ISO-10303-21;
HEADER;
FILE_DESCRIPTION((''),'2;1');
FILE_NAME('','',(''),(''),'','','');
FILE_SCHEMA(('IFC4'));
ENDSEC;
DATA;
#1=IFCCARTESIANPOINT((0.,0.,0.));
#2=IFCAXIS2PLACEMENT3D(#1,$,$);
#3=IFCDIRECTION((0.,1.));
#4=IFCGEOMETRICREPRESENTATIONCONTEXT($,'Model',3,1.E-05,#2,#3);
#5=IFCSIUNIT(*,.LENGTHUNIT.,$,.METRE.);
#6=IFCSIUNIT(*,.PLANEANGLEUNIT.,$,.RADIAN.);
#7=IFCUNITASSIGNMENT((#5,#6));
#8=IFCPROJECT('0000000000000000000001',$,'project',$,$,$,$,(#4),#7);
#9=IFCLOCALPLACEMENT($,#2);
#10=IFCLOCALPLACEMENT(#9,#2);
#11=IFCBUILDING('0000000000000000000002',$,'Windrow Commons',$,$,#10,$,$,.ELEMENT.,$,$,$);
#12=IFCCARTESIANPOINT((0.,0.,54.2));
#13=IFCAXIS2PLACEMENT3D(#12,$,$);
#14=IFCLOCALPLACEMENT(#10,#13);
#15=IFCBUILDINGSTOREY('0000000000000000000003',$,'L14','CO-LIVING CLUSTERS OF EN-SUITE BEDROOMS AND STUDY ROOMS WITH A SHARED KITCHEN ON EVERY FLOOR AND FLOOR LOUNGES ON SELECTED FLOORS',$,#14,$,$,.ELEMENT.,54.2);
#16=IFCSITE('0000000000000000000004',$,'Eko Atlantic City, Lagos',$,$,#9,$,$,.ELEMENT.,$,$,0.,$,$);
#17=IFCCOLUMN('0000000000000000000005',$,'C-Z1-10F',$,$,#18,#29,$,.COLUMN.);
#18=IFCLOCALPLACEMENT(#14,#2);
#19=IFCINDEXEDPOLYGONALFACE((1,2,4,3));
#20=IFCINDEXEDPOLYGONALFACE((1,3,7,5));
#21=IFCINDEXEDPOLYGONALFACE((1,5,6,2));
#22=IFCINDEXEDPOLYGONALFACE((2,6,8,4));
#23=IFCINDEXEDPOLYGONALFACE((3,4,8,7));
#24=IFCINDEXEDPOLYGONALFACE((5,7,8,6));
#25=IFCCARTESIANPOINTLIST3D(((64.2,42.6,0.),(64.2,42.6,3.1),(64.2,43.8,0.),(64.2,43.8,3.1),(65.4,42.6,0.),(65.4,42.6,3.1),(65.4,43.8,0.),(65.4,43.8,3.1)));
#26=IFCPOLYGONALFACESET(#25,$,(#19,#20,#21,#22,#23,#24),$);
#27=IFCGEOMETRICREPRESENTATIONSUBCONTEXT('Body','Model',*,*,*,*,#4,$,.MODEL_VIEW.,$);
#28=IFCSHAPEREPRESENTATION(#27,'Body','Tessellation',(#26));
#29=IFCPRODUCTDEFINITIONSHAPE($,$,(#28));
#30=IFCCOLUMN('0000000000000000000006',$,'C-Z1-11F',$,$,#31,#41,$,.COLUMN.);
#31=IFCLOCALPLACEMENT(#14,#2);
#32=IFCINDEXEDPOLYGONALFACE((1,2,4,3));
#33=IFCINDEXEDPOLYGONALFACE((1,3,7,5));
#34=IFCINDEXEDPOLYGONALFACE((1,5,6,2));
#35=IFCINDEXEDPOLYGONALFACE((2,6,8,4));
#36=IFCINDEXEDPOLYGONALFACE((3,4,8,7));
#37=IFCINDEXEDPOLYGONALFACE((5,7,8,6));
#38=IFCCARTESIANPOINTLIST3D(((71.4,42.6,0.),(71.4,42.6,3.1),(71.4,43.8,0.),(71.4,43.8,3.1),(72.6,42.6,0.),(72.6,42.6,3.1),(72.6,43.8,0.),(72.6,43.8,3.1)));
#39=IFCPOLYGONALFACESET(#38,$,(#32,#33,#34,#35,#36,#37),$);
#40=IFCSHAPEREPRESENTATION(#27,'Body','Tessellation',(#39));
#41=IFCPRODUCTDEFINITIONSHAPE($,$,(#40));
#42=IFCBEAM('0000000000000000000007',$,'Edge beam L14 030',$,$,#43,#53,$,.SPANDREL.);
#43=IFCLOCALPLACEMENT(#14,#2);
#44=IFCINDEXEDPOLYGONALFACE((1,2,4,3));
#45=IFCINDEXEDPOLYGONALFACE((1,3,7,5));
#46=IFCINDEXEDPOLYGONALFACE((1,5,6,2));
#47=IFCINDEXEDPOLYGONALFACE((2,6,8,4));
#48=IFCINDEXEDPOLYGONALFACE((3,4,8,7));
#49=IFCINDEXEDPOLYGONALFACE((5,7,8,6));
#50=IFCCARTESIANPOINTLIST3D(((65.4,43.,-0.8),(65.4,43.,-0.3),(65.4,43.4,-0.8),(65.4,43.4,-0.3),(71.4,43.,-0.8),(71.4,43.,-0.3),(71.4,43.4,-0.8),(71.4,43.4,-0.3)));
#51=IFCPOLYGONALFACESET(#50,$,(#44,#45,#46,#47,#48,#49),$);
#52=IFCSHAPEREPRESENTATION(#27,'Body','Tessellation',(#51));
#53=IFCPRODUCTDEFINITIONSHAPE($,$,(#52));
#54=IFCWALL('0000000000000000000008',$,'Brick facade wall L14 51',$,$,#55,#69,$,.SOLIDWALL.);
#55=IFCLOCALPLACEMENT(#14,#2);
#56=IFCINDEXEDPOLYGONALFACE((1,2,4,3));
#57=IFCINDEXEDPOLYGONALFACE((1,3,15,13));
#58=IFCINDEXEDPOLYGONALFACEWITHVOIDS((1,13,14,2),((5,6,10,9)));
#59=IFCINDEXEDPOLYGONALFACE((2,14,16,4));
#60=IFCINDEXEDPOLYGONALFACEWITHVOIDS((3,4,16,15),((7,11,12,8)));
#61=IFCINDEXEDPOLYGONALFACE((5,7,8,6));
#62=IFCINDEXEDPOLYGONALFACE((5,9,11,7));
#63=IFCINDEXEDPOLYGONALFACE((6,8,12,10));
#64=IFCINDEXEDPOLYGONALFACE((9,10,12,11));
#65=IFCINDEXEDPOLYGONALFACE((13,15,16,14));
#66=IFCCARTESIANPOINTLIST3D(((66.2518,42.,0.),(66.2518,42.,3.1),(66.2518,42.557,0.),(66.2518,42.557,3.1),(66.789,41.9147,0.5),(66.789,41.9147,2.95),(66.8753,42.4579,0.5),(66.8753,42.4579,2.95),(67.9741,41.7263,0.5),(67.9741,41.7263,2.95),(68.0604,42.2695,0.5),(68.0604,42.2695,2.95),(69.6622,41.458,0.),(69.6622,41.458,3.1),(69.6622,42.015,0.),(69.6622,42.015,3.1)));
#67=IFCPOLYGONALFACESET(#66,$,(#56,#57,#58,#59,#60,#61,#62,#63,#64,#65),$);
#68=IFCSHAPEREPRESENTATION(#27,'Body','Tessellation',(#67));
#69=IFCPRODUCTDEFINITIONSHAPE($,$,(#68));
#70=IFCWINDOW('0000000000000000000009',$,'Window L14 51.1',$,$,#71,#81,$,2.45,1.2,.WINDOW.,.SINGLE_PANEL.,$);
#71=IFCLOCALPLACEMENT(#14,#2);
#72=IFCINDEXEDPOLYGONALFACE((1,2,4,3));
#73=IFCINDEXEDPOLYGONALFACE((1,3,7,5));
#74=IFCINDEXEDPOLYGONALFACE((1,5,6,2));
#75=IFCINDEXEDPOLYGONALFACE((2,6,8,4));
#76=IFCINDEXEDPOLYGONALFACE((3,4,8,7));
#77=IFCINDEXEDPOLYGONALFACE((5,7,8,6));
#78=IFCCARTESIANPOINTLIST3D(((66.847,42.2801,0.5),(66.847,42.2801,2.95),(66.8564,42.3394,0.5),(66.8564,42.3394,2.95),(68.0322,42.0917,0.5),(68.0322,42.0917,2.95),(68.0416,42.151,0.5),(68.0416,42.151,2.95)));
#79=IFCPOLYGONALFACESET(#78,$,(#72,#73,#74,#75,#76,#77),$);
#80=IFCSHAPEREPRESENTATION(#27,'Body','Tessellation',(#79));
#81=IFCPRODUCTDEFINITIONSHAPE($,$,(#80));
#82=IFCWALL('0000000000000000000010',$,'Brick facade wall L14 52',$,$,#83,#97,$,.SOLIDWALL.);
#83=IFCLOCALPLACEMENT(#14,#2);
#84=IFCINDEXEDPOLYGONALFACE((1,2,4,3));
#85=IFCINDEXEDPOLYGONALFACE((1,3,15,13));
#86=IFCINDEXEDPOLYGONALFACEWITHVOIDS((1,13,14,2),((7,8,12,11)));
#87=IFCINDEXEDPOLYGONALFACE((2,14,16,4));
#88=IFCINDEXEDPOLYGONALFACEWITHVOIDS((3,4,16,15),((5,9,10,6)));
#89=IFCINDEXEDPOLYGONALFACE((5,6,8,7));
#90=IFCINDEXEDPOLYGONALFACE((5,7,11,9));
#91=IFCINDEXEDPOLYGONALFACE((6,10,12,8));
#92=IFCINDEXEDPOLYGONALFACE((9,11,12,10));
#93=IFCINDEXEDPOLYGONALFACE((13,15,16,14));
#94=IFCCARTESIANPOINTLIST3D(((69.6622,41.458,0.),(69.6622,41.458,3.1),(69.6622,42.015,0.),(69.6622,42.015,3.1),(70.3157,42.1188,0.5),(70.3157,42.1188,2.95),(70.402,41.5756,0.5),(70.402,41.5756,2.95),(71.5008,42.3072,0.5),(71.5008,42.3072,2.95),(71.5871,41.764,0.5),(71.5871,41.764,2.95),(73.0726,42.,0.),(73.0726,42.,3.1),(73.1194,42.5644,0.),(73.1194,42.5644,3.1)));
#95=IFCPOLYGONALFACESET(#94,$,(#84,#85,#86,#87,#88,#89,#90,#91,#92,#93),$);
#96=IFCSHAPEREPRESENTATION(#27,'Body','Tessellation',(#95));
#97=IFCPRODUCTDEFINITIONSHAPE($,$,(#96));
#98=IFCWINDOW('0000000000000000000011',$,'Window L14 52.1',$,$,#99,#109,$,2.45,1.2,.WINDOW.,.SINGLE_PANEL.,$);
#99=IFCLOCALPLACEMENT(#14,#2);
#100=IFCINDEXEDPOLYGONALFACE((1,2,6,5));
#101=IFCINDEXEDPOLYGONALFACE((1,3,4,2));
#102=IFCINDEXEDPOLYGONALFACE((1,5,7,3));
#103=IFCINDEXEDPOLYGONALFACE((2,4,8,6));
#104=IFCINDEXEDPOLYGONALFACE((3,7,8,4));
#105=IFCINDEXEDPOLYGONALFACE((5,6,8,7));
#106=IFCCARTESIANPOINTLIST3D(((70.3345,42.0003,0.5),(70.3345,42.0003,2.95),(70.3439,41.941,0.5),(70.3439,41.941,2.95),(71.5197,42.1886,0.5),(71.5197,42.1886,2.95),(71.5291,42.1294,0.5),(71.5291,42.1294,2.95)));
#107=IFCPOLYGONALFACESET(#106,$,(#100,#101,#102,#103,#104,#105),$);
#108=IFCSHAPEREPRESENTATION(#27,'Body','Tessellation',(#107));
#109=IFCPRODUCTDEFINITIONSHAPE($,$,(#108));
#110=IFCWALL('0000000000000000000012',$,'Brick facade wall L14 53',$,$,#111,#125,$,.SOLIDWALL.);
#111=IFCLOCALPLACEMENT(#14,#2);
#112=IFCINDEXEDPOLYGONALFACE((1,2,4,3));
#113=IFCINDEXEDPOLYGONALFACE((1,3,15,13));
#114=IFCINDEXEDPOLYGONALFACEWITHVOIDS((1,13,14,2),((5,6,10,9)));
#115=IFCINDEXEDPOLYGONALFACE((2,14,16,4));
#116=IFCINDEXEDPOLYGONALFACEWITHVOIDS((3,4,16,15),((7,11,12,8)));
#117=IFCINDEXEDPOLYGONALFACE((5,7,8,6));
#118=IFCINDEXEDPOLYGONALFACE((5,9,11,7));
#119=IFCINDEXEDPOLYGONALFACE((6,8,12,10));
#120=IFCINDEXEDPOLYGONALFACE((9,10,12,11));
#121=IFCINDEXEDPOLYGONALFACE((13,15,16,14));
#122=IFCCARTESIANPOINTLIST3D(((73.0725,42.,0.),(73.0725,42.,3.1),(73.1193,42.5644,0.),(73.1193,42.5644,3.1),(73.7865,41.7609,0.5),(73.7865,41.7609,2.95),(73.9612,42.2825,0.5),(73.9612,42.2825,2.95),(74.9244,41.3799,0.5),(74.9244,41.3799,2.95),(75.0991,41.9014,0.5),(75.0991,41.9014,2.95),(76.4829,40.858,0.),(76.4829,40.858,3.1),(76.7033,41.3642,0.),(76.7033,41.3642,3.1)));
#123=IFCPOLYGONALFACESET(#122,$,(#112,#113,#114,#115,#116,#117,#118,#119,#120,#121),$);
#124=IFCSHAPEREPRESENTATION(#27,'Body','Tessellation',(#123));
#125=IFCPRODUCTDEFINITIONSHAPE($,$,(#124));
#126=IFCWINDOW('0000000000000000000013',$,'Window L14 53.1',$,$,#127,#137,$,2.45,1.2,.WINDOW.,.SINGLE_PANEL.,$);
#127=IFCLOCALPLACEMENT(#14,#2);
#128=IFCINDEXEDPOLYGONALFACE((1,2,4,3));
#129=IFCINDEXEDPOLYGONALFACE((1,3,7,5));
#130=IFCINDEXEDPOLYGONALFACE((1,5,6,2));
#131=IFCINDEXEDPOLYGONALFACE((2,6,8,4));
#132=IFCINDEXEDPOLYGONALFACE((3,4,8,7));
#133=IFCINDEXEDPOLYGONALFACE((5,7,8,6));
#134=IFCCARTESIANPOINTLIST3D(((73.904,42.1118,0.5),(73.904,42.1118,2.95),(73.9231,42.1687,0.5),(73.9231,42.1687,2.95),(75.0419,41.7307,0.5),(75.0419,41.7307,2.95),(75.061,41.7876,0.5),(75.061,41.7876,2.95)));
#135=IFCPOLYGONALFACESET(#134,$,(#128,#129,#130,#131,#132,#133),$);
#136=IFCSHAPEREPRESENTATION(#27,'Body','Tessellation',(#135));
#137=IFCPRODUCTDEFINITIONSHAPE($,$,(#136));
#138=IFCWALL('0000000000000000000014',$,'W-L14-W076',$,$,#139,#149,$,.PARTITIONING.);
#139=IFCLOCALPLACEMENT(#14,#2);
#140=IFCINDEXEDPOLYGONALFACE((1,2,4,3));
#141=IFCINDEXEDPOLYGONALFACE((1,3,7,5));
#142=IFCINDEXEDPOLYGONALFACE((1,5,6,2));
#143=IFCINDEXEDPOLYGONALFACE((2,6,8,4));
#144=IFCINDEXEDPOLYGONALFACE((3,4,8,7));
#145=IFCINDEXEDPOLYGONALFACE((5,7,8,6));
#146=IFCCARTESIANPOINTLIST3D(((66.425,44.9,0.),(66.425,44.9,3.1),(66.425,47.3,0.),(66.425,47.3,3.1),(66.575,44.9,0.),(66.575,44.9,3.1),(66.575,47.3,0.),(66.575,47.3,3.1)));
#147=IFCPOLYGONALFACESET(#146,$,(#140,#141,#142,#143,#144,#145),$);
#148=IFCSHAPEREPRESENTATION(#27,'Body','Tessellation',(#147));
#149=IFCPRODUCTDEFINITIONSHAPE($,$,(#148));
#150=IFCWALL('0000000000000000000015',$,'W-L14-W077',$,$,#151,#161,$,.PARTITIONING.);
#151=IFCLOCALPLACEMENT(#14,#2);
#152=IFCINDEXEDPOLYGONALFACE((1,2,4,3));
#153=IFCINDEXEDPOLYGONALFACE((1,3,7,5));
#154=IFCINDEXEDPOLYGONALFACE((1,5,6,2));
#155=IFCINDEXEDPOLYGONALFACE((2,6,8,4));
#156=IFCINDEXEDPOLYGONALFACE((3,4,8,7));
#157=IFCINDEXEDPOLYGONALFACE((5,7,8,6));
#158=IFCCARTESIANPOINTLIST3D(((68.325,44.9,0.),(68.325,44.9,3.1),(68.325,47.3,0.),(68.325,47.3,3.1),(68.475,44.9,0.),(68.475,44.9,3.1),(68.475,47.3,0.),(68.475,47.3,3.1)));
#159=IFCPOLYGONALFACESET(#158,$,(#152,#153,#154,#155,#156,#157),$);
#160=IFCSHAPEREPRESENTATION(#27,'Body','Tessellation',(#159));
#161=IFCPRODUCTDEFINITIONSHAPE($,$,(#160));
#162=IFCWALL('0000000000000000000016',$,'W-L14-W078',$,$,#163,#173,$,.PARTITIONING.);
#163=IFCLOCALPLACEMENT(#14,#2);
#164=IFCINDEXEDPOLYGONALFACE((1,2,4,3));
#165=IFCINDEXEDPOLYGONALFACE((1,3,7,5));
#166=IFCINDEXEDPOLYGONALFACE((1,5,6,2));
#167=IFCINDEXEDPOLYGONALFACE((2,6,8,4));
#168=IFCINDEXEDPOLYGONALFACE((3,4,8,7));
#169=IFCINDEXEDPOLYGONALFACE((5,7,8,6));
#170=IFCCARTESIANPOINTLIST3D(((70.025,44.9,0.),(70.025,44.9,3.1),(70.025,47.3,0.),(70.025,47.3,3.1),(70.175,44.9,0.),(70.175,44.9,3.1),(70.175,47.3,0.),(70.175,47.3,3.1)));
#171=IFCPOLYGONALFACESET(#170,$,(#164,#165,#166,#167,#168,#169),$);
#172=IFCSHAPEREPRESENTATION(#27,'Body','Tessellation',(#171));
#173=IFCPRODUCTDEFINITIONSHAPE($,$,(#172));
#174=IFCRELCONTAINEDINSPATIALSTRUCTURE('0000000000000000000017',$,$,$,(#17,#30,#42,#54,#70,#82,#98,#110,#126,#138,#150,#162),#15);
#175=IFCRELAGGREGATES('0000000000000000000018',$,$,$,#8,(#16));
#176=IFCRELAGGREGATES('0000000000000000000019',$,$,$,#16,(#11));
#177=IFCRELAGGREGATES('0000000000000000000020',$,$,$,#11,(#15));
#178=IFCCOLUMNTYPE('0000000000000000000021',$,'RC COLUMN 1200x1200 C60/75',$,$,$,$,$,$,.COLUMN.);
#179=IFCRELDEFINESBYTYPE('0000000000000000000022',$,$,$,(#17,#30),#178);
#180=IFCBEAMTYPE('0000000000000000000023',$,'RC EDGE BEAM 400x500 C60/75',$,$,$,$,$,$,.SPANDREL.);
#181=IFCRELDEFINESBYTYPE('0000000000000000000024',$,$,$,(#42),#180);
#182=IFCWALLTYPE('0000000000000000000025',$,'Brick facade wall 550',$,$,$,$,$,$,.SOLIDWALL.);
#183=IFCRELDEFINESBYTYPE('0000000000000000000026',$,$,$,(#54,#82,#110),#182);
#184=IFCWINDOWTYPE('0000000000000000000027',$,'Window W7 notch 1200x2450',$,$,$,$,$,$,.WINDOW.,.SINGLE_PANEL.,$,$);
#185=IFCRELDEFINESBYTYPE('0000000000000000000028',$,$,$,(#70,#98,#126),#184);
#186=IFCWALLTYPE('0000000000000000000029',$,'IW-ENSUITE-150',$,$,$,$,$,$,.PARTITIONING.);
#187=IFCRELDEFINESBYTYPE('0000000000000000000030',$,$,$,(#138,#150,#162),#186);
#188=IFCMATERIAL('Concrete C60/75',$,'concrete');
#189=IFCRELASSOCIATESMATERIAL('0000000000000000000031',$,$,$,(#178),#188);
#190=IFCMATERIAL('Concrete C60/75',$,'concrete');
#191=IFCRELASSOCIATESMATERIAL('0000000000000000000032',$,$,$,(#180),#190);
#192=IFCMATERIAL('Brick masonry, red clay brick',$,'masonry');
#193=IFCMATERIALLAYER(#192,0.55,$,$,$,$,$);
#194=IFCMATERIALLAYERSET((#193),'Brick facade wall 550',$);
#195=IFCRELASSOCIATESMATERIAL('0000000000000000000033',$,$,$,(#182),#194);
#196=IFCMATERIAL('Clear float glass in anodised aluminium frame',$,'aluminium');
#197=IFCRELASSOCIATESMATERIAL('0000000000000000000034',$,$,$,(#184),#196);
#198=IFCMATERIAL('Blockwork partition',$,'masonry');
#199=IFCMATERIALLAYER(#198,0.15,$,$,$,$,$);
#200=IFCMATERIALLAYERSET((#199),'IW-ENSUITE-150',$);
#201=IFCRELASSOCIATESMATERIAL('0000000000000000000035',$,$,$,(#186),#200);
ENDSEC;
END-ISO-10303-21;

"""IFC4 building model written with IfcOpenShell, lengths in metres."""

from ifc_helpers import new_model, si_unit, direction, frame, frame_2d, origin, origin_2d, place, context, subcontext, project, spatial, polyline, rectangle, outline, extrude, material, layer, layer_set, material_profile, profile_set, type_object, element, fill, save


model = new_model("IFC4")

# Units and contexts
model_context = context("Model", 3, precision=1e-05, world=origin(), true_north=direction((0.0, 1.0)))
body_context = subcontext(model_context, "Body", "Model", "MODEL_VIEW")
ifc_project = project(units=[si_unit("LENGTHUNIT", "METRE"), si_unit("PLANEANGLEUNIT", "RADIAN")], contexts=[model_context])

# Site, building, storey
site_placement = place(None, origin())
site = spatial("IfcSite", under=ifc_project, at=site_placement, Name="Eko Atlantic City, Lagos", CompositionType="ELEMENT", RefElevation=0.0)
building_placement = place(site_placement, origin())
building = spatial("IfcBuilding", under=site, at=building_placement, Name="Windrow Commons", CompositionType="ELEMENT")
storey_placement = place(building_placement, frame((0.0, 0.0, 54.2)))
storey = spatial("IfcBuildingStorey", under=building, at=storey_placement, Name="L14", Description="CO-LIVING CLUSTERS OF EN-SUITE BEDROOMS AND STUDY ROOMS WITH A SHARED KITCHEN ON EVERY FLOOR AND FLOOR LOUNGES ON SELECTED FLOORS", CompositionType="ELEMENT", Elevation=54.2)

# Columns
ifc_material_1 = material(Name="Concrete C60/75", Category="concrete")
ifc_material_profile_1 = material_profile(ifc_material_1, rectangle(XDim=1.2, YDim=1.2, at=origin_2d()))
ifc_profile_set_1 = profile_set([ifc_material_profile_1], Name="Concrete C60/75")
column_type = type_object("IfcColumnType", Name="RC COLUMN 1200x1200 C60/75", PredefinedType="COLUMN", material=ifc_profile_set_1)
for number, where, z_axis, x_axis, name in (
    (1, (64.8, 43.2, 0.0), (0.0, 0.0, 1.0), (1.0, 0.0, 0.0), "C-Z1-10F"),
    (2, (72.0, 43.2, 0.0), (0.0, 0.0, 1.0), (1.0, 0.0, 0.0), "C-Z1-11F"),
):
    element("IfcColumn", number, at=place(storey_placement, frame(where, z_axis=z_axis, x_axis=x_axis)), inside=storey, type_object=column_type, Name=name, PredefinedType="COLUMN", context=body_context, shape_type="SweptSolid", body=[
        extrude(rectangle(XDim=1.2, YDim=1.2, at=origin_2d()), origin(), (0.0, 0.0, 1.0), 3.1),
    ])

# Beam
ifc_material_2 = material(Name="Concrete C60/75", Category="concrete")
ifc_material_profile_2 = material_profile(ifc_material_2, rectangle(XDim=0.4, YDim=0.5, at=origin_2d()))
ifc_profile_set_2 = profile_set([ifc_material_profile_2], Name="Concrete C60/75")
beam_type = type_object("IfcBeamType", Name="RC EDGE BEAM 400x500 C60/75", PredefinedType="SPANDREL", material=ifc_profile_set_2)
beam_placement = place(storey_placement, frame((71.4, 43.2, -0.55), z_axis=(-1.0, 0.0, 0.0), x_axis=(0.0, -1.0, 0.0)))
element("IfcBeam", 3, at=beam_placement, inside=storey, type_object=beam_type, Name="Edge beam L14 030", PredefinedType="SPANDREL", context=body_context, shape_type="SweptSolid", body=[
    extrude(rectangle(XDim=0.4, YDim=0.5, at=origin_2d()), origin(), (0.0, 0.0, 1.0), 6.0),
])

# Walls, openings, windows
ifc_material_3 = material(Name="Brick masonry, red clay brick", Category="masonry")
ifc_layer_1 = layer(ifc_material_3, 0.55)
ifc_layer_set_1 = layer_set([ifc_layer_1], Name="Brick facade wall 550")
wall_type_1 = type_object("IfcWallType", Name="Brick facade wall 550", PredefinedType="SOLIDWALL", material=ifc_layer_set_1)
wall_1_placement = place(storey_placement, frame((66.2518, 42.2785, 0.0), z_axis=(0.0, 0.0, 1.0), x_axis=(0.987606, -0.156956, 0.0)))
wall_1 = element("IfcWall", 4, at=wall_1_placement, inside=storey, type_object=wall_type_1, Name="Brick facade wall L14 51", PredefinedType="SOLIDWALL", context=body_context, shape_type="SweptSolid", body=[
    extrude(outline(polyline([(0.0437, -0.275), (3.4969, -0.275), (3.4095, 0.275), (-0.0437, 0.275), (0.0437, -0.275)])), origin(), (0.0, 0.0, 1.0), 3.1),
])
opening_1_placement = place(wall_1_placement, frame((0.5876, 0.0, 0.5)))
opening_1 = element("IfcOpeningElement", 5, at=opening_1_placement, cuts=wall_1, PredefinedType="OPENING", context=body_context, shape_type="SweptSolid", body=[
    extrude(rectangle(XDim=1.2, YDim=2.45, at=frame_2d((0.6, 1.225))), frame((0.0, 0.285, 0.0), z_axis=(0.0, -1.0, 0.0), x_axis=(1.0, 0.0, 0.0)), (0.0, 0.0, 1.0), 0.57),
])
ifc_material_4 = material(Name="Clear float glass in anodised aluminium frame", Category="aluminium")
window_type = type_object("IfcWindowType", Name="Window W7 notch 1200x2450", PartitioningType="SINGLE_PANEL", PredefinedType="WINDOW", material=ifc_material_4)
window_1_placement = place(opening_1_placement, origin())
window_1 = element("IfcWindow", 6, at=window_1_placement, inside=storey, type_object=window_type, Name="Window L14 51.1", OverallHeight=2.45, OverallWidth=1.2, PartitioningType="SINGLE_PANEL", PredefinedType="WINDOW", context=body_context, shape_type="SweptSolid", body=[
    extrude(rectangle(XDim=1.2, YDim=2.45, at=frame_2d((0.6, 1.225))), frame((0.0, 0.155, 0.0), z_axis=(0.0, -1.0, 0.0), x_axis=(1.0, 0.0, 0.0)), (0.0, 0.0, 1.0), 0.06),
])
fill(opening_1, window_1)
wall_2_placement = place(storey_placement, frame((69.6622, 41.7365, 0.0), z_axis=(0.0, 0.0, 1.0), x_axis=(0.987606, 0.156955, 0.0)))
wall_2 = element("IfcWall", 7, at=wall_2_placement, inside=storey, type_object=wall_type_1, Name="Brick facade wall L14 52", PredefinedType="SOLIDWALL", context=body_context, shape_type="SweptSolid", body=[
    extrude(outline(polyline([(-0.0437, -0.275), (3.4095, -0.275), (3.5443, 0.275), (0.0437, 0.275), (-0.0437, -0.275)])), origin(), (0.0, 0.0, 1.0), 3.1),
])
opening_2_placement = place(wall_2_placement, frame((0.7054, 0.0, 0.5)))
opening_2 = element("IfcOpeningElement", 8, at=opening_2_placement, cuts=wall_2, PredefinedType="OPENING", context=body_context, shape_type="SweptSolid", body=[
    extrude(rectangle(XDim=1.2, YDim=2.45, at=frame_2d((0.6, 1.225))), frame((0.0, 0.285, 0.0), z_axis=(0.0, -1.0, 0.0), x_axis=(1.0, 0.0, 0.0)), (0.0, 0.0, 1.0), 0.57),
])
window_2_placement = place(opening_2_placement, origin())
window_2 = element("IfcWindow", 9, at=window_2_placement, inside=storey, type_object=window_type, Name="Window L14 52.1", OverallHeight=2.45, OverallWidth=1.2, PartitioningType="SINGLE_PANEL", PredefinedType="WINDOW", context=body_context, shape_type="SweptSolid", body=[
    extrude(rectangle(XDim=1.2, YDim=2.45, at=frame_2d((0.6, 1.225))), frame((0.0, 0.155, 0.0), z_axis=(0.0, -1.0, 0.0), x_axis=(1.0, 0.0, 0.0)), (0.0, 0.0, 1.0), 0.06),
])
fill(opening_2, window_2)
wall_3_placement = place(storey_placement, frame((73.0959, 42.2822, 0.0), z_axis=(0.0, 0.0, 1.0), x_axis=(0.948246, -0.317537, 0.0)))
wall_3 = element("IfcWall", 10, at=wall_3_placement, inside=storey, type_object=wall_type_1, Name="Brick facade wall L14 53", PredefinedType="SOLIDWALL", context=body_context, shape_type="SweptSolid", body=[
    extrude(outline(polyline([(0.0674, -0.275), (3.6639, -0.275), (3.7122, 0.275), (-0.0674, 0.275), (0.0674, -0.275)])), origin(), (0.0, 0.0, 1.0), 3.1),
])
opening_3_placement = place(wall_3_placement, frame((0.8204, 0.0, 0.5)))
opening_3 = element("IfcOpeningElement", 11, at=opening_3_placement, cuts=wall_3, PredefinedType="OPENING", context=body_context, shape_type="SweptSolid", body=[
    extrude(rectangle(XDim=1.2, YDim=2.45, at=frame_2d((0.6, 1.225))), frame((0.0, 0.285, 0.0), z_axis=(0.0, -1.0, 0.0), x_axis=(1.0, 0.0, 0.0)), (0.0, 0.0, 1.0), 0.57),
])
window_3_placement = place(opening_3_placement, origin())
window_3 = element("IfcWindow", 12, at=window_3_placement, inside=storey, type_object=window_type, Name="Window L14 53.1", OverallHeight=2.45, OverallWidth=1.2, PartitioningType="SINGLE_PANEL", PredefinedType="WINDOW", context=body_context, shape_type="SweptSolid", body=[
    extrude(rectangle(XDim=1.2, YDim=2.45, at=frame_2d((0.6, 1.225))), frame((0.0, 0.155, 0.0), z_axis=(0.0, -1.0, 0.0), x_axis=(1.0, 0.0, 0.0)), (0.0, 0.0, 1.0), 0.06),
])
fill(opening_3, window_3)

# Walls
ifc_material_5 = material(Name="Blockwork partition", Category="masonry")
ifc_layer_2 = layer(ifc_material_5, 0.15)
ifc_layer_set_2 = layer_set([ifc_layer_2], Name="IW-ENSUITE-150")
wall_type_2 = type_object("IfcWallType", Name="IW-ENSUITE-150", PredefinedType="PARTITIONING", material=ifc_layer_set_2)
for number, where, z_axis, x_axis, name in (
    (13, (66.5, 44.9, 0.0), (0.0, 0.0, 1.0), (0.0, 1.0, 0.0), "W-L14-W076"),
    (14, (68.4, 44.9, 0.0), (0.0, 0.0, 1.0), (0.0, 1.0, 0.0), "W-L14-W077"),
    (15, (70.1, 44.9, 0.0), (0.0, 0.0, 1.0), (0.0, 1.0, 0.0), "W-L14-W078"),
):
    element("IfcWall", number, at=place(storey_placement, frame(where, z_axis=z_axis, x_axis=x_axis)), inside=storey, type_object=wall_type_2, Name=name, PredefinedType="PARTITIONING", context=body_context, shape_type="SweptSolid", body=[
        extrude(rectangle(XDim=2.4, YDim=0.15, at=frame_2d((1.2, 0.0))), origin(), (0.0, 0.0, 1.0), 3.1),
    ])

save(model, "model.ifc")
